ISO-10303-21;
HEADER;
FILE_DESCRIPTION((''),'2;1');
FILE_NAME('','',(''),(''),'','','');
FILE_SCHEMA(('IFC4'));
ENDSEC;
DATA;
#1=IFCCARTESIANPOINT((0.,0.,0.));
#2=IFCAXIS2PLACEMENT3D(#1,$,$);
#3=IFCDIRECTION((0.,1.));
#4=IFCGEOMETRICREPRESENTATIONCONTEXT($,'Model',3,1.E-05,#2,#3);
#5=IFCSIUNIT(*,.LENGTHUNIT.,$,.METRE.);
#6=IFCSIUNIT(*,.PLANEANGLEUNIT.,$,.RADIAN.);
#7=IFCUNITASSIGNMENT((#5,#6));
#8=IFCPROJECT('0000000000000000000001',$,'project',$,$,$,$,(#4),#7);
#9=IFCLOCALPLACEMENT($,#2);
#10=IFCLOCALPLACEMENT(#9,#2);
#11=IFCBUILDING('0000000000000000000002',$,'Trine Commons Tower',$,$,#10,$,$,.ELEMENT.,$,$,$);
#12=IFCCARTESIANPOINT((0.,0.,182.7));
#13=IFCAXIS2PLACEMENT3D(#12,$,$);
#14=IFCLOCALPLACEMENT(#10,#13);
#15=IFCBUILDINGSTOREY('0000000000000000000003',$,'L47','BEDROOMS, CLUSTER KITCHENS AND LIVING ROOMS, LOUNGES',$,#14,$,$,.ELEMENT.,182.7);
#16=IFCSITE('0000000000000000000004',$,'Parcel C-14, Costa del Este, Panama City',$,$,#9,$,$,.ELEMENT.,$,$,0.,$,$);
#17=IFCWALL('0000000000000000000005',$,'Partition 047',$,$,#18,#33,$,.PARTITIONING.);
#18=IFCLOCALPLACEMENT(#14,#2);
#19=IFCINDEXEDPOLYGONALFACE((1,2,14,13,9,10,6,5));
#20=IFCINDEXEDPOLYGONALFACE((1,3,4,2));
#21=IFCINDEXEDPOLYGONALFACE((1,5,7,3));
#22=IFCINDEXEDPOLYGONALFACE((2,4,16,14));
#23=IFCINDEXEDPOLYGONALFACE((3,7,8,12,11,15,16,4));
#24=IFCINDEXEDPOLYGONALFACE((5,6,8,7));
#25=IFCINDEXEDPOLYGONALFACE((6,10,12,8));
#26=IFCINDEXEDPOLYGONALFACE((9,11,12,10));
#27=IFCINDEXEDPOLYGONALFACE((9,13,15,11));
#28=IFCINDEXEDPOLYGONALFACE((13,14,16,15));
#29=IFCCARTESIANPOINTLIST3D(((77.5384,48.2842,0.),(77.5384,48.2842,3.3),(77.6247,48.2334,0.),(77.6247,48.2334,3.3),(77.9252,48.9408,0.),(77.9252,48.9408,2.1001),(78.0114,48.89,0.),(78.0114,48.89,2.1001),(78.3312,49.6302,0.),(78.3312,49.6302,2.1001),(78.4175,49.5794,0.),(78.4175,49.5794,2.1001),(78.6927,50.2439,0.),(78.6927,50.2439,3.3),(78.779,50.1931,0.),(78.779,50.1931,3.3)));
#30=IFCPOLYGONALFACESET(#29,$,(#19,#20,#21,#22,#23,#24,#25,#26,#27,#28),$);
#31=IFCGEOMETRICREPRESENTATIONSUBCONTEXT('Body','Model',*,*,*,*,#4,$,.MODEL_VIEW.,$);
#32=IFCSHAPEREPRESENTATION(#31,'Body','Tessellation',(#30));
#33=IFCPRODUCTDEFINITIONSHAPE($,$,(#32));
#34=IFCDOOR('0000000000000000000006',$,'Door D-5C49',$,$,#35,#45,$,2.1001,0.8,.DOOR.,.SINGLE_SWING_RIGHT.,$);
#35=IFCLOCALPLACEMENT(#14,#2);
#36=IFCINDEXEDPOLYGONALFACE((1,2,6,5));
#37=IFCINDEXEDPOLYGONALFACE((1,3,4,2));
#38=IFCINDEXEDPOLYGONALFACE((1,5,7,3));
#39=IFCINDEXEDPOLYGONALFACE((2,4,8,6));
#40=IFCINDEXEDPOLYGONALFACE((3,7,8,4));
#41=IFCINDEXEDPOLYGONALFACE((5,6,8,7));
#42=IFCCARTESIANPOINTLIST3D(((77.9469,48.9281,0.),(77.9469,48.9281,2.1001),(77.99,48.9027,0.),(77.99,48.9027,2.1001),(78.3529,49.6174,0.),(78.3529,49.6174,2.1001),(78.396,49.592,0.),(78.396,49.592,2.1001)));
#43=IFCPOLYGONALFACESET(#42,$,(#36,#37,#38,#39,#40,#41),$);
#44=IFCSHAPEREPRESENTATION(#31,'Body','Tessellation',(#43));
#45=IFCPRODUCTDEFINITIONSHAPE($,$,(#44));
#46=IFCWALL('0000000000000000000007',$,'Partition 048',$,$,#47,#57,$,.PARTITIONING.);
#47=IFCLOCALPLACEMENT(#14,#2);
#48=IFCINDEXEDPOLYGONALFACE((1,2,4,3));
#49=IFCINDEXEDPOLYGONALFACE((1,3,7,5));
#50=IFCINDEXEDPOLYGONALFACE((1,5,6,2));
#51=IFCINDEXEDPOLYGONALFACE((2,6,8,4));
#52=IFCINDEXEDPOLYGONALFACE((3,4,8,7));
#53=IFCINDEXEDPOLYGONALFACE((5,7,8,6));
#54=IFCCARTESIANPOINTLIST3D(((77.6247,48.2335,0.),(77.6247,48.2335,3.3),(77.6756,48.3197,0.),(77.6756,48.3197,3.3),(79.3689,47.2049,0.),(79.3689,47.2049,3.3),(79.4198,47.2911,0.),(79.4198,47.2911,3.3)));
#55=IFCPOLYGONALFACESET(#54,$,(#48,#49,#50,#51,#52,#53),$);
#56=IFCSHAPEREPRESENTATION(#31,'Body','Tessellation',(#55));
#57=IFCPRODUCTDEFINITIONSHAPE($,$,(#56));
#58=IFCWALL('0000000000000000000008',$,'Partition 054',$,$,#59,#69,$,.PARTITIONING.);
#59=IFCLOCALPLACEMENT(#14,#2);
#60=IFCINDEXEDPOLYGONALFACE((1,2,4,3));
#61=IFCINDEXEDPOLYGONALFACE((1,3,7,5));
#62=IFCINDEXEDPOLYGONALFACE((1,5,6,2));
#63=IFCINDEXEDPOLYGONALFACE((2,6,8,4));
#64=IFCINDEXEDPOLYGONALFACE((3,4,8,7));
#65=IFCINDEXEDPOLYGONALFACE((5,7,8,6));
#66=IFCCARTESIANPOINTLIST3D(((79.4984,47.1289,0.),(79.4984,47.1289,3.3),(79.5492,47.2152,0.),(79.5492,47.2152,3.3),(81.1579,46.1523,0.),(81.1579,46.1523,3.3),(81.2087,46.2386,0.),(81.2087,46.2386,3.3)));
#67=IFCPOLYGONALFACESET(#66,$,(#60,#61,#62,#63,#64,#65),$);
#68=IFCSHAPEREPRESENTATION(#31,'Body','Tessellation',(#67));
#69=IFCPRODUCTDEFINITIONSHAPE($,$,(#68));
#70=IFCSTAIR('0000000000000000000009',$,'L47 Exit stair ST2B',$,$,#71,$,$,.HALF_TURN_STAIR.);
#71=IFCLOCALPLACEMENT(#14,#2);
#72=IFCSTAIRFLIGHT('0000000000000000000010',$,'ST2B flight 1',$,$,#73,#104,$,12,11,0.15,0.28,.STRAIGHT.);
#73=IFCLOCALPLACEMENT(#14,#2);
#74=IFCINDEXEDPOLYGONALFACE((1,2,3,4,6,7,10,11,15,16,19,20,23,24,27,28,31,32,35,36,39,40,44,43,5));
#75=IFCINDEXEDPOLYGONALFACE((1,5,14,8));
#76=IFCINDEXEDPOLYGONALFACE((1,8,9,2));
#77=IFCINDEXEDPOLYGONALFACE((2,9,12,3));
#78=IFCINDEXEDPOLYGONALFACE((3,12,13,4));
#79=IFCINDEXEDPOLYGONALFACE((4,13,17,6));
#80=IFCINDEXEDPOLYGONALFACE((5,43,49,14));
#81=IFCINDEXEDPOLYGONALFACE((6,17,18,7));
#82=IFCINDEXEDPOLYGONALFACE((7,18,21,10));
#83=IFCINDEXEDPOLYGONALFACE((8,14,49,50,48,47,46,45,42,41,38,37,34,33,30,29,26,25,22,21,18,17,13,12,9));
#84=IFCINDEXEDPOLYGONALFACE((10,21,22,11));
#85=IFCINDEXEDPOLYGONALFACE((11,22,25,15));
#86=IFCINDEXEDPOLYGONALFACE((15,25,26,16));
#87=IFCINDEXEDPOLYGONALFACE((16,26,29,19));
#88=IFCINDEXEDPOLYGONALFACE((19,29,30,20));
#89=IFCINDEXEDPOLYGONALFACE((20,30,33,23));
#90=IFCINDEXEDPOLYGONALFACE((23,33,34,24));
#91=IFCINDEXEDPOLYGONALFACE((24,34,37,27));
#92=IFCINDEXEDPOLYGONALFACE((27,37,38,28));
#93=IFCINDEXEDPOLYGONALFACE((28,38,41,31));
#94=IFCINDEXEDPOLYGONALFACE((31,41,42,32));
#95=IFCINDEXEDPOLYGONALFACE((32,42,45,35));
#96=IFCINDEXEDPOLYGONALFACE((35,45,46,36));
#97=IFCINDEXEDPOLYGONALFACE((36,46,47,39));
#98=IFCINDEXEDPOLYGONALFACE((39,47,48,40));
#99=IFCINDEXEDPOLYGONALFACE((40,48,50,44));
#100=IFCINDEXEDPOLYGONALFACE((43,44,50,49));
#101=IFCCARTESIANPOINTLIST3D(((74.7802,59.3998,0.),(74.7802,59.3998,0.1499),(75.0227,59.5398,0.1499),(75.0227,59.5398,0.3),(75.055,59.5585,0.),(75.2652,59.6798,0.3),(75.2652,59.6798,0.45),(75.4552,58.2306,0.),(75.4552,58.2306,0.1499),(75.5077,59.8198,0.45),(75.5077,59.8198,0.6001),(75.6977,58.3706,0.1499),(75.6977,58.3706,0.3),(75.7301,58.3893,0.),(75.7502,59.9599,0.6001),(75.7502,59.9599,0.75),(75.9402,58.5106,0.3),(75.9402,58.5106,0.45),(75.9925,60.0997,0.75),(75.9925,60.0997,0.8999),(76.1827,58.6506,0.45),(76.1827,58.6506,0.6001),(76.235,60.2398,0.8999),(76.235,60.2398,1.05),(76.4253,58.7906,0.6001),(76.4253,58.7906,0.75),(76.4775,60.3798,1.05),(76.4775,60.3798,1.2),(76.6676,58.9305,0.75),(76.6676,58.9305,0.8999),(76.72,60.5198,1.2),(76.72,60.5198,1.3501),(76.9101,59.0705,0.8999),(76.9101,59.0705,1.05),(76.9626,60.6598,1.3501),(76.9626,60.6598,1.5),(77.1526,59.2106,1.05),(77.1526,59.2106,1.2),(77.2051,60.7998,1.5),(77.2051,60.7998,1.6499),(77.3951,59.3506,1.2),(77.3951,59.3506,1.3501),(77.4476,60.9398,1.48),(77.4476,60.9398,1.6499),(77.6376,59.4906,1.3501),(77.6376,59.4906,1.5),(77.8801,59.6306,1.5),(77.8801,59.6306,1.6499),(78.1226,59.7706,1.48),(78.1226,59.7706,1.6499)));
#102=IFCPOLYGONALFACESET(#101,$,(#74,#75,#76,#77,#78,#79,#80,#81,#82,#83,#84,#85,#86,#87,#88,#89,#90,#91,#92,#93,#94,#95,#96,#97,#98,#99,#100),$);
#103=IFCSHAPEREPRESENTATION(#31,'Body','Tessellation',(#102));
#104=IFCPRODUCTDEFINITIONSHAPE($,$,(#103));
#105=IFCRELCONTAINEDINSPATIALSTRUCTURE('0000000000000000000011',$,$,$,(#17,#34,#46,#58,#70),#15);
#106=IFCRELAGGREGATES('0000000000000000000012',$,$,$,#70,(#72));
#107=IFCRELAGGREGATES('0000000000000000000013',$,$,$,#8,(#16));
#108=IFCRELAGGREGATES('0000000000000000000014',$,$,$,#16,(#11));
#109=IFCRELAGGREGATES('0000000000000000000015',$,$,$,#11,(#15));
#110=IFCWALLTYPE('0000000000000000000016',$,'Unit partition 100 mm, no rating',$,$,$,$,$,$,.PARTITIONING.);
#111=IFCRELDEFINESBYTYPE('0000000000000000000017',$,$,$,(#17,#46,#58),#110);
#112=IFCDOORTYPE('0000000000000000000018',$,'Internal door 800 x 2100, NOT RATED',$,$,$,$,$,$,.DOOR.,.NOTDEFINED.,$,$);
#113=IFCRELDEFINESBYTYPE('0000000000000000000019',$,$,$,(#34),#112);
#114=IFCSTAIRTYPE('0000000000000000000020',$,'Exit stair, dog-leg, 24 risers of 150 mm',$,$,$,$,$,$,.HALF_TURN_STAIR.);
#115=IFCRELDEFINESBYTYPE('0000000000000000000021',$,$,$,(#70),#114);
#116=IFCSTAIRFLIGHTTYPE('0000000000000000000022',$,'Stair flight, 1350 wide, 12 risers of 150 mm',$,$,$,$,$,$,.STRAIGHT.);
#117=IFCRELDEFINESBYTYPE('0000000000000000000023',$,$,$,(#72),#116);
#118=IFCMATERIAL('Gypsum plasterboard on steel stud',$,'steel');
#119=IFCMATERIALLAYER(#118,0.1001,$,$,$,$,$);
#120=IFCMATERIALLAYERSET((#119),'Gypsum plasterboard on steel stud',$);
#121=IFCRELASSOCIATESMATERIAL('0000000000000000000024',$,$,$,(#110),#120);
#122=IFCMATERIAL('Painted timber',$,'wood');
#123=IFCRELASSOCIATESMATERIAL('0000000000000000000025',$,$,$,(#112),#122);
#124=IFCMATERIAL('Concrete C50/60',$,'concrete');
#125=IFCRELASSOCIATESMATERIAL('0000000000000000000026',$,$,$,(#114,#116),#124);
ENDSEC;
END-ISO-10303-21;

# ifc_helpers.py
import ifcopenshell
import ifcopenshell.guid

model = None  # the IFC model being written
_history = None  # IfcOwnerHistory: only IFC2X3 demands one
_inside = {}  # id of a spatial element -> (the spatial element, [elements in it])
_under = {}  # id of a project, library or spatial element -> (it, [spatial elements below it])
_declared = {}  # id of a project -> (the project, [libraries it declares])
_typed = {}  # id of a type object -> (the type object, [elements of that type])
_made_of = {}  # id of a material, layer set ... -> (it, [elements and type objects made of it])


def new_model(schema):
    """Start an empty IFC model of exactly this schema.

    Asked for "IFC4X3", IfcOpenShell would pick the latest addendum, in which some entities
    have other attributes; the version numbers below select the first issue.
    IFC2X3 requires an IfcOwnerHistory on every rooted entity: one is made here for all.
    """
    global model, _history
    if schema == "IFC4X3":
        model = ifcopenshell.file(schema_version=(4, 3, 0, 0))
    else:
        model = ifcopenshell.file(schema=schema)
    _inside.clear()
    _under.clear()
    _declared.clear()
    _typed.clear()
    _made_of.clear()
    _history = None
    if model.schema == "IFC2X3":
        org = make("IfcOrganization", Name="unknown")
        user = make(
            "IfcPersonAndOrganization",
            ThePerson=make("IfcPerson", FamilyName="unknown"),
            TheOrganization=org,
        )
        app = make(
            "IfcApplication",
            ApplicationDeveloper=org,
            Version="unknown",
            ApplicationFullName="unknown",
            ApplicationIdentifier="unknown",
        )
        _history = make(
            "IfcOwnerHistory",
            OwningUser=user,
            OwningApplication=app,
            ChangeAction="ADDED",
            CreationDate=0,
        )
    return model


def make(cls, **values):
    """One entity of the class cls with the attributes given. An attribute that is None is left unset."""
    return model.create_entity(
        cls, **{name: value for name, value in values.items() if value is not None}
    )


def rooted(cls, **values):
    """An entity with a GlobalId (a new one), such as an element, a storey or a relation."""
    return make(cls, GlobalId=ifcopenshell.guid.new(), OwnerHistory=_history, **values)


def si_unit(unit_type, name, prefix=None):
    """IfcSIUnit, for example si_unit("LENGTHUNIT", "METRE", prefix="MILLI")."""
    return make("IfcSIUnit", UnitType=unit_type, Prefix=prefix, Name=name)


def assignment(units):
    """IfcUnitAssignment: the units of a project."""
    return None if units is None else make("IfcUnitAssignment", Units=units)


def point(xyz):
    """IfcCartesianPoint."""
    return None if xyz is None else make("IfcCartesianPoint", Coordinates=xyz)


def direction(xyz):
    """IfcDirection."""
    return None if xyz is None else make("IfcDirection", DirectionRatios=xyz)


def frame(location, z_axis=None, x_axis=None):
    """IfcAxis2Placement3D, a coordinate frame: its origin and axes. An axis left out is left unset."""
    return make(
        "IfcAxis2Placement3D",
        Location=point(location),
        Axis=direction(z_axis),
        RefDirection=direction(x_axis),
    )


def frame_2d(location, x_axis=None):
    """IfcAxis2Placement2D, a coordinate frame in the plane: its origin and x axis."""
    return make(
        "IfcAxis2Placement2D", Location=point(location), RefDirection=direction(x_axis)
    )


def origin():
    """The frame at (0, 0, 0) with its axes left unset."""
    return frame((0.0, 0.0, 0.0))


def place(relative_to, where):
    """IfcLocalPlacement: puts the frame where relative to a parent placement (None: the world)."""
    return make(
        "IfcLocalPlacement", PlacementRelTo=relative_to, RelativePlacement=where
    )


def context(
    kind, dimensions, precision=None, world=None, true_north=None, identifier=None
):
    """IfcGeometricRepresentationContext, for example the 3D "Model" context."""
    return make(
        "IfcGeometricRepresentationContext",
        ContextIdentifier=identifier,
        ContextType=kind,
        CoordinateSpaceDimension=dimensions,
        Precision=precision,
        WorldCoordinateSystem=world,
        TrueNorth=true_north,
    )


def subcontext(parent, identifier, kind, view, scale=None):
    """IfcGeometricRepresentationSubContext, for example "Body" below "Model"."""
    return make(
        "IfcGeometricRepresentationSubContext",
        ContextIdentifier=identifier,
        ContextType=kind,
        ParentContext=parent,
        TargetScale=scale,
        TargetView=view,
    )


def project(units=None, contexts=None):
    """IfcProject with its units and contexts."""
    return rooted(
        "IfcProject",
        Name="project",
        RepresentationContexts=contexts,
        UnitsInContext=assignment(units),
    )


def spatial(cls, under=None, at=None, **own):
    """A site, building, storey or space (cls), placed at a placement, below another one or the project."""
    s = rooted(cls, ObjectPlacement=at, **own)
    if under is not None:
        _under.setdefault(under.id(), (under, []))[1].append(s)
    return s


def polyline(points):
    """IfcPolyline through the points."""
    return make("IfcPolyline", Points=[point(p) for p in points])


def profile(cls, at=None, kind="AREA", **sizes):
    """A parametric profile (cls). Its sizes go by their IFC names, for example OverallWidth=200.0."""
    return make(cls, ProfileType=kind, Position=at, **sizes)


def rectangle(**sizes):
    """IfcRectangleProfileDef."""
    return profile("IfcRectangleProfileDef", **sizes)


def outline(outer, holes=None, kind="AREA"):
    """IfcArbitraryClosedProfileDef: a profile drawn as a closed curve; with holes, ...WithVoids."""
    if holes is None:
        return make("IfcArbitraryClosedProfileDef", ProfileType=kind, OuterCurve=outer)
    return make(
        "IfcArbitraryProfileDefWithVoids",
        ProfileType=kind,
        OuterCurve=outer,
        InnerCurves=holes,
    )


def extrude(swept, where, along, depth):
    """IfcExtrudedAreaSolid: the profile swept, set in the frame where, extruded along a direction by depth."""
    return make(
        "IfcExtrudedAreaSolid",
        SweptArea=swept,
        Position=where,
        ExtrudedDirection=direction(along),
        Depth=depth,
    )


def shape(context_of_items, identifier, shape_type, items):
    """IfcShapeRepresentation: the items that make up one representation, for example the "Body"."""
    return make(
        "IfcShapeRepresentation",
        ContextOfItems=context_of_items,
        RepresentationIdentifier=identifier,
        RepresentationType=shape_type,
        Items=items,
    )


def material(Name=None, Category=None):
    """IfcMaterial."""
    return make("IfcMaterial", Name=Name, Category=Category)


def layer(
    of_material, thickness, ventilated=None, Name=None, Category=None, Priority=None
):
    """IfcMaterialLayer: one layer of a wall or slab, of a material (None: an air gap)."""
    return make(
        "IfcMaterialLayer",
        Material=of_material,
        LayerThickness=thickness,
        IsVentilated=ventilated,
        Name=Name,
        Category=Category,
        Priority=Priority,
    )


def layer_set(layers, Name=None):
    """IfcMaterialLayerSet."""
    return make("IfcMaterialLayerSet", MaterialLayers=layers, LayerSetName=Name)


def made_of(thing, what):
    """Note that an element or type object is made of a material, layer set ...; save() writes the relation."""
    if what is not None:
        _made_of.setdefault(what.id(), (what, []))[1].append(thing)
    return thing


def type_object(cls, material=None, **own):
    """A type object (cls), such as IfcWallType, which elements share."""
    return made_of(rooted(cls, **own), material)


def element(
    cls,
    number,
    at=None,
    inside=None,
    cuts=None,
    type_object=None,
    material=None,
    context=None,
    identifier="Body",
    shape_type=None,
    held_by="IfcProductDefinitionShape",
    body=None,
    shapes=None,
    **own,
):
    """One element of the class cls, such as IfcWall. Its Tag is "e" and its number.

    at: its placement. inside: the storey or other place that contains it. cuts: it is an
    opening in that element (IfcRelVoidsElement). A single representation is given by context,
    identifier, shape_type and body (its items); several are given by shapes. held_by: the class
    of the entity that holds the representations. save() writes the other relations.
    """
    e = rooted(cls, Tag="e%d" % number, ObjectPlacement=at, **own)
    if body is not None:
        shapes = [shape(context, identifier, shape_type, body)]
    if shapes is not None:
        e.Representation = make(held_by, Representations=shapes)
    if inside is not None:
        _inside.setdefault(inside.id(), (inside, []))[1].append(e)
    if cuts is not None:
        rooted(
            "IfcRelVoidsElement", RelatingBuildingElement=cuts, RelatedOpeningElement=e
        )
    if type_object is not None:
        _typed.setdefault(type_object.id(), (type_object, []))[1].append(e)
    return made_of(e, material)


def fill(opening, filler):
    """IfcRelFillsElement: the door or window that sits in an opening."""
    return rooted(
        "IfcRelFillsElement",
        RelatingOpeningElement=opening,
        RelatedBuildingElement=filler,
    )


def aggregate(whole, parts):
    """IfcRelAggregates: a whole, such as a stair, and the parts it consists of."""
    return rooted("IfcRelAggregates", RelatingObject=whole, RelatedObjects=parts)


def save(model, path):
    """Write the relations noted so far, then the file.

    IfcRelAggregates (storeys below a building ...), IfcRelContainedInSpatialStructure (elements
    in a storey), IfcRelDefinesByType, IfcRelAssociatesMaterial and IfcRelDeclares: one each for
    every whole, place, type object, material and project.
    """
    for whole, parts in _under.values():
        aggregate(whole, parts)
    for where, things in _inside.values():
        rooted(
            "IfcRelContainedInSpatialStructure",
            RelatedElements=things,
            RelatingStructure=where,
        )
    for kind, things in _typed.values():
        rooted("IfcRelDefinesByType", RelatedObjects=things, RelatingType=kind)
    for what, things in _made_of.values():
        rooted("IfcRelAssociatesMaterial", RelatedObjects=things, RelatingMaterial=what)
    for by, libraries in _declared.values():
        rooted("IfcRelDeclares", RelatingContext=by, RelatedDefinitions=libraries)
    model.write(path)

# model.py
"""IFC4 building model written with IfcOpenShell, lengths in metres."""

from ifc_helpers import new_model, si_unit, direction, frame, frame_2d, origin, place, context, subcontext, project, spatial, polyline, rectangle, outline, extrude, material, layer, layer_set, type_object, element, fill, aggregate, save


model = new_model("IFC4")

# Units and contexts
model_context = context("Model", 3, precision=1e-05, world=origin(), true_north=direction((0.0, 1.0)))
body_context = subcontext(model_context, "Body", "Model", "MODEL_VIEW")
ifc_project = project(units=[si_unit("LENGTHUNIT", "METRE"), si_unit("PLANEANGLEUNIT", "RADIAN")], contexts=[model_context])

# Site, building, storey
site_placement = place(None, origin())
site = spatial("IfcSite", under=ifc_project, at=site_placement, Name="Parcel C-14, Costa del Este, Panama City", CompositionType="ELEMENT", RefElevation=0.0)
building_placement = place(site_placement, origin())
building = spatial("IfcBuilding", under=site, at=building_placement, Name="Trine Commons Tower", CompositionType="ELEMENT")
storey_placement = place(building_placement, frame((0.0, 0.0, 182.7)))
storey = spatial("IfcBuildingStorey", under=building, at=storey_placement, Name="L47", Description="BEDROOMS, CLUSTER KITCHENS AND LIVING ROOMS, LOUNGES", CompositionType="ELEMENT", Elevation=182.7)

# Shared definitions
ifc_material_1 = material(Name="Gypsum plasterboard on steel stud", Category="steel")
ifc_material_2 = material(Name="Painted timber", Category="wood")

# Wall, opening, door
ifc_layer_1 = layer(ifc_material_1, 0.1001)
ifc_layer_set_1 = layer_set([ifc_layer_1], Name="Gypsum plasterboard on steel stud")
wall_type_1 = type_object("IfcWallType", Name="Unit partition 100 mm, no rating", PredefinedType="PARTITIONING", material=ifc_layer_set_1)
wall_1_placement = place(storey_placement, frame((77.5815, 48.2588, 0.0), z_axis=(0.0, 0.0, 1.0), x_axis=(0.507517, 0.861642, 0.0)))
wall_1 = element("IfcWall", 1, at=wall_1_placement, inside=storey, type_object=wall_type_1, Name="Partition 047", PredefinedType="PARTITIONING", context=body_context, shape_type="SweptSolid", body=[
    extrude(rectangle(XDim=2.2744, YDim=0.1001, at=frame_2d((1.1372, 0.0))), origin(), (0.0, 0.0, 1.0), 3.3),
])
opening_1_placement = place(wall_1_placement, frame((0.7622, 0.0, 0.0)))
opening_1 = element("IfcOpeningElement", 2, at=opening_1_placement, cuts=wall_1, PredefinedType="OPENING", context=body_context, shape_type="SweptSolid", body=[
    extrude(rectangle(XDim=0.8, YDim=2.1001, at=frame_2d((0.3999, 1.05))), frame((0.0, 0.0601, 0.0), z_axis=(0.0, -1.0, 0.0), x_axis=(1.0, 0.0, 0.0)), (0.0, 0.0, 1.0), 0.1201),
])
door_type_1 = type_object("IfcDoorType", Name="Internal door 800 x 2100, NOT RATED", OperationType="NOTDEFINED", PredefinedType="DOOR", material=ifc_material_2)
door_1_placement = place(opening_1_placement, origin())
door_1 = element("IfcDoor", 3, at=door_1_placement, inside=storey, type_object=door_type_1, Name="Door D-5C49", OperationType="SINGLE_SWING_RIGHT", OverallHeight=2.1001, OverallWidth=0.8, PredefinedType="DOOR", context=body_context, shape_type="SweptSolid", body=[
    extrude(rectangle(XDim=0.8, YDim=2.1001, at=frame_2d((0.3999, 1.05))), frame((0.0, 0.0249, 0.0), z_axis=(0.0, -1.0, 0.0), x_axis=(1.0, 0.0, 0.0)), (0.0, 0.0, 1.0), 0.05),
])
fill(opening_1, door_1)

# Walls
wall_2_placement = place(storey_placement, frame((77.6501, 48.2766, 0.0), z_axis=(0.0, 0.0, 1.0), x_axis=(0.861373, -0.507974, 0.0)))
element("IfcWall", 4, at=wall_2_placement, inside=storey, type_object=wall_type_1, Name="Partition 048", PredefinedType="PARTITIONING", context=body_context, shape_type="SweptSolid", body=[
    extrude(rectangle(XDim=2.0249, YDim=0.1001, at=frame_2d((1.0125, 0.0))), origin(), (0.0, 0.0, 1.0), 3.3),
])
wall_3_placement = place(storey_placement, frame((79.5237, 47.1721, 0.0), z_axis=(0.0, 0.0, 1.0), x_axis=(0.861836, -0.507186, 0.0)))
element("IfcWall", 5, at=wall_3_placement, inside=storey, type_object=wall_type_1, Name="Partition 054", PredefinedType="PARTITIONING", context=body_context, shape_type="SweptSolid", body=[
    extrude(rectangle(XDim=1.9255, YDim=0.1001, at=frame_2d((0.9629, 0.0))), origin(), (0.0, 0.0, 1.0), 3.3),
])

# Stair, stair flight
ifc_material_3 = material(Name="Concrete C50/60", Category="concrete")
stair_type = type_object("IfcStairType", Name="Exit stair, dog-leg, 24 risers of 150 mm", PredefinedType="HALF_TURN_STAIR", material=ifc_material_3)
stair_placement = place(storey_placement, origin())
stair = element("IfcStair", 6, at=stair_placement, inside=storey, type_object=stair_type, Name="L47 Exit stair ST2B", PredefinedType="HALF_TURN_STAIR")
stair_flight_type = type_object("IfcStairFlightType", Name="Stair flight, 1350 wide, 12 risers of 150 mm", PredefinedType="STRAIGHT", material=ifc_material_3)
stair_flight_placement = place(storey_placement, frame((75.1177, 58.8152, 0.0), z_axis=(0.0, 0.0, 1.0), x_axis=(0.866025, 0.5, 0.0)))
stair_flight = element("IfcStairFlight", 7, at=stair_flight_placement, type_object=stair_flight_type, Name="ST2B flight 1", NumberOfRisers=12, NumberOfTreads=11, PredefinedType="STRAIGHT", RiserHeight=0.15, TreadLength=0.28, context=body_context, shape_type="SweptSolid", body=[
    extrude(outline(polyline([(0.0, 0.0), (0.0, 0.1499), (0.28, 0.1499), (0.28, 0.3), (0.5601, 0.3), (0.5601, 0.45), (0.8401, 0.45), (0.8401, 0.6001), (1.1201, 0.6001), (1.1201, 0.75), (1.3999, 0.75), (1.3999, 0.8999), (1.6799, 0.8999), (1.6799, 1.05), (1.96, 1.05), (1.96, 1.2), (2.24, 1.2), (2.24, 1.3501), (2.52, 1.3501), (2.52, 1.5), (2.8, 1.5), (2.8, 1.6499), (3.0801, 1.6499), (3.0801, 1.8), (3.0801, 1.48), (0.3174, 0.0), (0.0, 0.0)])), frame((0.0, 0.675, 0.0), z_axis=(0.0, -1.0, 0.0), x_axis=(1.0, 0.0, 0.0)), (0.0, 0.0, 1.0), 1.3501),
])
aggregate(stair, [stair_flight])

save(model, "model.ifc")
